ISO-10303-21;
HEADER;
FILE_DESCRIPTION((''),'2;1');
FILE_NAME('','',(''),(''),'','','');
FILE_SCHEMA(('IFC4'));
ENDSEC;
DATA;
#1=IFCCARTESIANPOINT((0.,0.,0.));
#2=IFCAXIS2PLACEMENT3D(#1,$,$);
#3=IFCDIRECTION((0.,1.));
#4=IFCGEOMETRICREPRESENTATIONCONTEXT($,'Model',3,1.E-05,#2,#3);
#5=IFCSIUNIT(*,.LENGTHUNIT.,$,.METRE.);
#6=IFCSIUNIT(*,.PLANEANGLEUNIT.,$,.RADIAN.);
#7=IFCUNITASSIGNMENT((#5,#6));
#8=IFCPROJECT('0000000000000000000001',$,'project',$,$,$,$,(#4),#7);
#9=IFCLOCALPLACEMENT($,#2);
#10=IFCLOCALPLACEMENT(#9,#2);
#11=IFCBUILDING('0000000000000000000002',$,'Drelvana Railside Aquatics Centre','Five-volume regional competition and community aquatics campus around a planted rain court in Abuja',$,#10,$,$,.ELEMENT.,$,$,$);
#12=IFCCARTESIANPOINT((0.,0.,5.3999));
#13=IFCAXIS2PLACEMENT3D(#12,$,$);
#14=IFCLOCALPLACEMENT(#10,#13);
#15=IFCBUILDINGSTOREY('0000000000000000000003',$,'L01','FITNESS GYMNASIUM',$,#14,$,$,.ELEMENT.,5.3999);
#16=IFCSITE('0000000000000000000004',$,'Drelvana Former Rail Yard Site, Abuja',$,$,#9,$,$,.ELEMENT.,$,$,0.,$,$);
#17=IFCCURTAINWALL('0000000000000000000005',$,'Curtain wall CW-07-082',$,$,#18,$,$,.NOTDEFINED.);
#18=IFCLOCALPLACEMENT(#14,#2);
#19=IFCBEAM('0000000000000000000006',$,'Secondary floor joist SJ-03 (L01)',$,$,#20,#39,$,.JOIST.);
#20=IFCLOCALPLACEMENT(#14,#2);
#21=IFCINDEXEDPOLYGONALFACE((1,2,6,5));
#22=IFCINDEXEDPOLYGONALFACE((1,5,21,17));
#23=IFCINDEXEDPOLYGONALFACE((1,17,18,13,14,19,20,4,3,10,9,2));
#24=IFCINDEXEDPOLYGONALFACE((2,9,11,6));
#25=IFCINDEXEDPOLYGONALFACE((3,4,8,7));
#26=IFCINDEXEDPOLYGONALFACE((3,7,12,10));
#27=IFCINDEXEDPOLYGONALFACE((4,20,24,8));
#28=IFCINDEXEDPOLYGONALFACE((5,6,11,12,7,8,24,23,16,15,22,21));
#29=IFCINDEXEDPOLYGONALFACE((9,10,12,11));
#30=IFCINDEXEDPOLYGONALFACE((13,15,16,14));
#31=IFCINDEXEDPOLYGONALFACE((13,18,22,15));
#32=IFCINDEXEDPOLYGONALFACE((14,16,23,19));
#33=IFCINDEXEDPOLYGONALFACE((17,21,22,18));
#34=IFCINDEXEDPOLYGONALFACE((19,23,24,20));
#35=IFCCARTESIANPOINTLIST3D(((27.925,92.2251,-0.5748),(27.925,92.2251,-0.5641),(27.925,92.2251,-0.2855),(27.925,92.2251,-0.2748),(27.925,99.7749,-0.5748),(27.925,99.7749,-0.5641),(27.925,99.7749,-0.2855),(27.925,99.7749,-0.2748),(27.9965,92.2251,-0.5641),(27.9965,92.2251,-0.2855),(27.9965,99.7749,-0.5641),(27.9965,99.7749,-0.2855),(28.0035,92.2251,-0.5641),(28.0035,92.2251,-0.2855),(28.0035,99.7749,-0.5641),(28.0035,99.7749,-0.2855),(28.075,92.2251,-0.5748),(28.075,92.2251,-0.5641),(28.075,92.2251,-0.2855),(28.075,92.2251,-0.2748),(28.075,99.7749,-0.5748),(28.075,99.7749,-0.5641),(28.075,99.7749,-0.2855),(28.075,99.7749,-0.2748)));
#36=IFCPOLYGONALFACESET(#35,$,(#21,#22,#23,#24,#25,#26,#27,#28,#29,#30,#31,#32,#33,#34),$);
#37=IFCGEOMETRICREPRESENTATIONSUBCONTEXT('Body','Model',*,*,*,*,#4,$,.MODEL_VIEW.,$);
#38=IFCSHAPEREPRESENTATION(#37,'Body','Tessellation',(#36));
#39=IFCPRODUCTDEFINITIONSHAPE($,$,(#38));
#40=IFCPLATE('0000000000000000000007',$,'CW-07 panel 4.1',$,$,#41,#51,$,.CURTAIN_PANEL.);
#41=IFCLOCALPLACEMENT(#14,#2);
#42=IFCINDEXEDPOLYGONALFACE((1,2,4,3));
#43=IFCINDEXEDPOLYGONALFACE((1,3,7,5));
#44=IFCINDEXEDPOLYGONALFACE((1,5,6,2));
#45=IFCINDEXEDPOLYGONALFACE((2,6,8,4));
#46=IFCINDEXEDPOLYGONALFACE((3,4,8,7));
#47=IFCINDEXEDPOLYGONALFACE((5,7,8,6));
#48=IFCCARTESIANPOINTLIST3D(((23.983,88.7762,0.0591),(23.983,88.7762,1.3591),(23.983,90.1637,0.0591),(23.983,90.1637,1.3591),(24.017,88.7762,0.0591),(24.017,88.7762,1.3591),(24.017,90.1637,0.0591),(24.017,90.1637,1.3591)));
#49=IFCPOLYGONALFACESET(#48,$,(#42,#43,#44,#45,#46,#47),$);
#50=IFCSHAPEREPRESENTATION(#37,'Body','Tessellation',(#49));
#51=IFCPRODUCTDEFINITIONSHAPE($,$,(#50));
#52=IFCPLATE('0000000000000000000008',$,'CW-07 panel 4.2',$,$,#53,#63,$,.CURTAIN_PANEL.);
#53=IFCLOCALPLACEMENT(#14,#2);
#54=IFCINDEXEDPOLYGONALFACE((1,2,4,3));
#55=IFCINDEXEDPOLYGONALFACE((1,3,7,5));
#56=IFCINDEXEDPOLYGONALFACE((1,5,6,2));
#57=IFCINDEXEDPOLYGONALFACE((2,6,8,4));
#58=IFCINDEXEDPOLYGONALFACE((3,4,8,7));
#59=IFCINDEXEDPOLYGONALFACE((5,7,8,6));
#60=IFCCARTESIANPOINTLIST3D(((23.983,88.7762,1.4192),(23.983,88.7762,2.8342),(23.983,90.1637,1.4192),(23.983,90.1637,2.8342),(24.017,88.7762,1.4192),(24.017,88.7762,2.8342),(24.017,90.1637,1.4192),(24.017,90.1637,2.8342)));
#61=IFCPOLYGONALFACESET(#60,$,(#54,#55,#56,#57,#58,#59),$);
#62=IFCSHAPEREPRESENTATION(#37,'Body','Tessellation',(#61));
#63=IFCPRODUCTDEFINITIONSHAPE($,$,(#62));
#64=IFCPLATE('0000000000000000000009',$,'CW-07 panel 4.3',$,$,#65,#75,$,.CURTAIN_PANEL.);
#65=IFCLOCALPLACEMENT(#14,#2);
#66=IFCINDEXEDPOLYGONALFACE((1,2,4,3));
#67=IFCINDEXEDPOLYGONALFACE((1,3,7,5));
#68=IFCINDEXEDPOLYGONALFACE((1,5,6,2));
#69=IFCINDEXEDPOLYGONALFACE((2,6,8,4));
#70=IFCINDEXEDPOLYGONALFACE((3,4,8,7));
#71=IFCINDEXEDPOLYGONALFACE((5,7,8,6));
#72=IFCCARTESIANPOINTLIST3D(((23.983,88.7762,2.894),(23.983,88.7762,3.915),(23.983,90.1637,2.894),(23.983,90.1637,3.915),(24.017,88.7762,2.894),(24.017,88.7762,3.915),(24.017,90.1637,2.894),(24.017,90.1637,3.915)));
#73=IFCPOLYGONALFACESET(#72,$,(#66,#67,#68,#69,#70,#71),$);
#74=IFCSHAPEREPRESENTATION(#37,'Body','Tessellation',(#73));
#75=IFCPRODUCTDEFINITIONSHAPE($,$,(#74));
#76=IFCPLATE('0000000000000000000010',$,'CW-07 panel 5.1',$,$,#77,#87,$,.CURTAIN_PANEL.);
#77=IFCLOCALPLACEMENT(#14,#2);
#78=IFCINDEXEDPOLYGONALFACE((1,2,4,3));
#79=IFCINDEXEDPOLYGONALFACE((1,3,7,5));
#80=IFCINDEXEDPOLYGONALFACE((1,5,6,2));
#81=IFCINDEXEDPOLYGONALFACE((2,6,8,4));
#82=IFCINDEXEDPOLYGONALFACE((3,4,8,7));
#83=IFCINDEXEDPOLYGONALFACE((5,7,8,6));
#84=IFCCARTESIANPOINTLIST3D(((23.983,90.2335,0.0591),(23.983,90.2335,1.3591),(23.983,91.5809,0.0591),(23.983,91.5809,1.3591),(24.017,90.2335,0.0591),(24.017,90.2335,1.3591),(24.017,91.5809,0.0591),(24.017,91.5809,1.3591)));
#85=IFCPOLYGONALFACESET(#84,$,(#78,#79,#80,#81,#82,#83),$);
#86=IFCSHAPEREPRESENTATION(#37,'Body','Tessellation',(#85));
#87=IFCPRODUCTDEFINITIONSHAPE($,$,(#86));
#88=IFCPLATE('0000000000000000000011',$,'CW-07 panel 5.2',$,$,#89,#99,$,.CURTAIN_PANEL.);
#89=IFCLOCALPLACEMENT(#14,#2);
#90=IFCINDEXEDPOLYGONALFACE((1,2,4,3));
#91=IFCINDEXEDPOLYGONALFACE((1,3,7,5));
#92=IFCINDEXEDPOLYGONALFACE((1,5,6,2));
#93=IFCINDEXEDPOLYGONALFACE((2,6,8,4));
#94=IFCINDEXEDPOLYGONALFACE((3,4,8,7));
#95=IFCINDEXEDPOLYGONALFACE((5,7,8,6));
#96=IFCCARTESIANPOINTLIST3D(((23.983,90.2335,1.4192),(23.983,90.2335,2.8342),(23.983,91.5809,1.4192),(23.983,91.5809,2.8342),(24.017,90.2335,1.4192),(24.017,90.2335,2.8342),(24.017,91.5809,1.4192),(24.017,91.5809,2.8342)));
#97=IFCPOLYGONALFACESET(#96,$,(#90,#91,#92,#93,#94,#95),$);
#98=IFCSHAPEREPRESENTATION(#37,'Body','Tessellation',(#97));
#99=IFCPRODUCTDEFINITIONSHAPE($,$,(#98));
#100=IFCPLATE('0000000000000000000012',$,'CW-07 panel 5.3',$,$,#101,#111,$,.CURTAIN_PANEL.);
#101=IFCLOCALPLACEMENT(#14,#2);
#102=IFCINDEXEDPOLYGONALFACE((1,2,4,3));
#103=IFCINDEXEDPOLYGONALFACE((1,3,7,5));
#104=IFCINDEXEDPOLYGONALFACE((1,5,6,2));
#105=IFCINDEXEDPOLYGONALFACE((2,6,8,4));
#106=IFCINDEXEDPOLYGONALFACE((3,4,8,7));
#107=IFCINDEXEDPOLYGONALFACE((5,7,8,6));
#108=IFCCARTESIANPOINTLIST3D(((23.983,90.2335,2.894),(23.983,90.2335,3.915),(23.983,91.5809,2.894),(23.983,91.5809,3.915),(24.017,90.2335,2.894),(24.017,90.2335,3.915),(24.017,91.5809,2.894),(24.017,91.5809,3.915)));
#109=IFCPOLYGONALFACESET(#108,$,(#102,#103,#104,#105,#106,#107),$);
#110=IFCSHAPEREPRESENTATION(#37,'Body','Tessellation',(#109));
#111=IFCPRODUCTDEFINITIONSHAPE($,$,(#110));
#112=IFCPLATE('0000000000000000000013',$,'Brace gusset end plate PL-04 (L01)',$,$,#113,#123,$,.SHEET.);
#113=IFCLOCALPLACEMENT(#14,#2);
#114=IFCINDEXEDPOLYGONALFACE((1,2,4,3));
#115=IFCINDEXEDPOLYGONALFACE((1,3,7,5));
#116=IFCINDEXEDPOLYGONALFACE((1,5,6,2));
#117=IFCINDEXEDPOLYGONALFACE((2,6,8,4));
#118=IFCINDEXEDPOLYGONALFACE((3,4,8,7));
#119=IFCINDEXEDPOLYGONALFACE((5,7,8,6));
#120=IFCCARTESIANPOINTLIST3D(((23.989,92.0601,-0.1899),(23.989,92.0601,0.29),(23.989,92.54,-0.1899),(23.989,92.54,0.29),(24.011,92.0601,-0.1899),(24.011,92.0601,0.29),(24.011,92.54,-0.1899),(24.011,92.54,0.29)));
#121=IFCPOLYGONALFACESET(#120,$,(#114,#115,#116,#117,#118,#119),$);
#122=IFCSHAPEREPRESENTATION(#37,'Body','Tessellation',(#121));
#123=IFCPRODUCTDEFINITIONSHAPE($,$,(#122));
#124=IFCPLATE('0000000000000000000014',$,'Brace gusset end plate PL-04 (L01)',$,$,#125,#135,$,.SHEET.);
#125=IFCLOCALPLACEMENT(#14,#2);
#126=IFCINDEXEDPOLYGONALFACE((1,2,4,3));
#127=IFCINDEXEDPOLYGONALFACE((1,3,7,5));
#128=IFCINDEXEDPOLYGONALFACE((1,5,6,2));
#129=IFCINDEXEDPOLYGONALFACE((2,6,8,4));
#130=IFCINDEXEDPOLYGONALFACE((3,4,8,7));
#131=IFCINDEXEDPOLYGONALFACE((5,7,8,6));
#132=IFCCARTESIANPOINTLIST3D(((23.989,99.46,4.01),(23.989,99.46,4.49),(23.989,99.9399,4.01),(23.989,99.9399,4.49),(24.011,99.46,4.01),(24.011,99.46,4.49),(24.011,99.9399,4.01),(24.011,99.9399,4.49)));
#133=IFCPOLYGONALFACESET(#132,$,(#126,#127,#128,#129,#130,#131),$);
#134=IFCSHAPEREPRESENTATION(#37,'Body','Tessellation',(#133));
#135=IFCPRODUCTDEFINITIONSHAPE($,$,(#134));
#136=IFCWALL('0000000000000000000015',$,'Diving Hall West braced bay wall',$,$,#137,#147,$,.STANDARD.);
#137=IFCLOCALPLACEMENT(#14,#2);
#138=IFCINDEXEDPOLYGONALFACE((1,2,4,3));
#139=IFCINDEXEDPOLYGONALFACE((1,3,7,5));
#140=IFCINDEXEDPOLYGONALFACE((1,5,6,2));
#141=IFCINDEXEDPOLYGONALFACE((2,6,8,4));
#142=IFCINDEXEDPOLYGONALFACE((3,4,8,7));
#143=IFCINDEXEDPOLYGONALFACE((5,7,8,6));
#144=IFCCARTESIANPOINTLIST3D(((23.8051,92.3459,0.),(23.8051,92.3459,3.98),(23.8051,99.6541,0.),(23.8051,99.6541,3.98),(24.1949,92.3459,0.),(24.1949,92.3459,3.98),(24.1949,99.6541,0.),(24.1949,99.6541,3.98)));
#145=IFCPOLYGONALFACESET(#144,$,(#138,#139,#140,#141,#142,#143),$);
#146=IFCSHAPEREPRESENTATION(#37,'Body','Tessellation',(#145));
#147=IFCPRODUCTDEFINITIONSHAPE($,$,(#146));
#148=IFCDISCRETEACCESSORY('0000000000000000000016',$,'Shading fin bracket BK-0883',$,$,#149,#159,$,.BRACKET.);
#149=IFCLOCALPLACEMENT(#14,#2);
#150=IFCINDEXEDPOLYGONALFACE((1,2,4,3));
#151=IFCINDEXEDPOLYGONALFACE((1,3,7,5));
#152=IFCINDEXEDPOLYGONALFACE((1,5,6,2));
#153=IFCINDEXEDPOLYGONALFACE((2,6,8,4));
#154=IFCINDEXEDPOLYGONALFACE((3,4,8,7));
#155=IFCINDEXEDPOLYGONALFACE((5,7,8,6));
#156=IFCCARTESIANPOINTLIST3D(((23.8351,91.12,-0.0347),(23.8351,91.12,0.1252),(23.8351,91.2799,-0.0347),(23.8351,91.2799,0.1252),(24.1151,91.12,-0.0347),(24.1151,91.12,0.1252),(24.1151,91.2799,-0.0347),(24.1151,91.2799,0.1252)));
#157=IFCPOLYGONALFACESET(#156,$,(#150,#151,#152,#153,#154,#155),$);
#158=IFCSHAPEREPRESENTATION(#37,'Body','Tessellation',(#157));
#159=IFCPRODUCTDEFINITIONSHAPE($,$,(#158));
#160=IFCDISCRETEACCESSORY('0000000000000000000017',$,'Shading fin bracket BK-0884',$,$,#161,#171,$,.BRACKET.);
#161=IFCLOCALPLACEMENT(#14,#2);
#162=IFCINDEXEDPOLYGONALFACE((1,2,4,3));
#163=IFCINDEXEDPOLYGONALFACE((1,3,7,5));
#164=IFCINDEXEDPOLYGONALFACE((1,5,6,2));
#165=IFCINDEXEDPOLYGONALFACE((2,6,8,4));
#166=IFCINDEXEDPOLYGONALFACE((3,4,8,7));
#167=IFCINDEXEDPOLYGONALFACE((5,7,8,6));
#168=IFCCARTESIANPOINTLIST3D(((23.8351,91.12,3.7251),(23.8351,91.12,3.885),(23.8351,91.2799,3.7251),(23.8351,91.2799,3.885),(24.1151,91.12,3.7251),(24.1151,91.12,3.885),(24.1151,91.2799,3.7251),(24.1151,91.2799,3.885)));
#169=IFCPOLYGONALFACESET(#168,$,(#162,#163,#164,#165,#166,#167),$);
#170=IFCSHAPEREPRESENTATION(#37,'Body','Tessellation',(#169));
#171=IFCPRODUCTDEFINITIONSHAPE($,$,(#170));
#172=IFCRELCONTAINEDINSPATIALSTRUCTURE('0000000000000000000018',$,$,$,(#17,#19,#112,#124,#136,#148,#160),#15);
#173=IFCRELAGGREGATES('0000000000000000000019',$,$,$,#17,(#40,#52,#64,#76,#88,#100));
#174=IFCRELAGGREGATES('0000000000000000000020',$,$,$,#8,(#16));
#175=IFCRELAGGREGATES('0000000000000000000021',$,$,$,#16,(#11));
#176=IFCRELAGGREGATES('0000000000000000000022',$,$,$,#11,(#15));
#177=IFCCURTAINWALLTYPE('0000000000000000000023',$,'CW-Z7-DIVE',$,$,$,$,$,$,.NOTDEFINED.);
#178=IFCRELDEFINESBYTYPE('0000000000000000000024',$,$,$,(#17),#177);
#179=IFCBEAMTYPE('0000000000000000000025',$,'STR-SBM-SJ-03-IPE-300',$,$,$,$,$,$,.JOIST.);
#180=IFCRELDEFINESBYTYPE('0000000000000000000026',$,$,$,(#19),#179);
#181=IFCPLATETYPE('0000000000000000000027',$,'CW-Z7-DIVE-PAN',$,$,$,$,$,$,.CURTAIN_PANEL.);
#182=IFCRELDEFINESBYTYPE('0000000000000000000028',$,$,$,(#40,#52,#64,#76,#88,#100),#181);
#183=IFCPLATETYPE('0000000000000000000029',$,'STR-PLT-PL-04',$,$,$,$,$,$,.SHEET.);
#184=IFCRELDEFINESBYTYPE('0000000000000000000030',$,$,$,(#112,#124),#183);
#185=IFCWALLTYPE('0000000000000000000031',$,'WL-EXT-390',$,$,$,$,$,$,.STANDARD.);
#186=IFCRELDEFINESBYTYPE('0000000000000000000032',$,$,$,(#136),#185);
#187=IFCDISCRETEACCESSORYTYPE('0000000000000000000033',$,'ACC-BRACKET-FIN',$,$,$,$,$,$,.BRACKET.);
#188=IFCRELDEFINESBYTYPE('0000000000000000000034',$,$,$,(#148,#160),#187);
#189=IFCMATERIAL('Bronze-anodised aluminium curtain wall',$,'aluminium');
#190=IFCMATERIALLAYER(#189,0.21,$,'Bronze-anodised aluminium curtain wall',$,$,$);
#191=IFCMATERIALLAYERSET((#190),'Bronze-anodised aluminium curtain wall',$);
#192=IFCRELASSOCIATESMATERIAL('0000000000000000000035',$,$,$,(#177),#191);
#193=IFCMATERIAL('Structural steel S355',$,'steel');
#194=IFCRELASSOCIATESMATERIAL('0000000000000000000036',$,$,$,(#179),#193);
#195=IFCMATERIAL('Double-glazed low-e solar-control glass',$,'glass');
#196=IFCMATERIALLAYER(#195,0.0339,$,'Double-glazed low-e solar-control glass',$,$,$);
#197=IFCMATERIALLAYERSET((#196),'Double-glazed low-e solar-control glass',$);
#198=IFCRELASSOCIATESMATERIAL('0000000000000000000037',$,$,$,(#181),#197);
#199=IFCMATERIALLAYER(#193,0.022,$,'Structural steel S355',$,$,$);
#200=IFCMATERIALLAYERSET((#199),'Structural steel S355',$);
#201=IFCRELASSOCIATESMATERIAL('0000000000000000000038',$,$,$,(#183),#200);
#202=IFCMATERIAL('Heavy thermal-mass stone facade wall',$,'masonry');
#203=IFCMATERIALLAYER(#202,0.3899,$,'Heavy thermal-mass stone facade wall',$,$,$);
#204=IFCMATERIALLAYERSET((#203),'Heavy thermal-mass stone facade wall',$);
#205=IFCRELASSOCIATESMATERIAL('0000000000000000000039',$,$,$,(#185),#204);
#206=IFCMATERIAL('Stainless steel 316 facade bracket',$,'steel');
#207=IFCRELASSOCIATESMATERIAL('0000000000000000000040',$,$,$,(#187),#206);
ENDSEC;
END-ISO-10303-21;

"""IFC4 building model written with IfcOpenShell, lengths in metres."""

from ifc_helpers import new_model, si_unit, direction, frame, frame_2d, origin, origin_2d, place, context, subcontext, project, spatial, rectangle, i_section, extrude, material, layer, layer_set, material_profile, profile_set, type_object, element, aggregate, save


model = new_model("IFC4")

# Units and contexts
model_context = context("Model", 3, precision=1e-05, world=origin(), true_north=direction((0.0, 1.0)))
body_context = subcontext(model_context, "Body", "Model", "MODEL_VIEW")
ifc_project = project(units=[si_unit("LENGTHUNIT", "METRE"), si_unit("PLANEANGLEUNIT", "RADIAN")], contexts=[model_context])

# Site, building, storey
site_placement = place(None, origin())
site = spatial("IfcSite", under=ifc_project, at=site_placement, Name="Drelvana Former Rail Yard Site, Abuja", CompositionType="ELEMENT", RefElevation=0.0)
building_placement = place(site_placement, origin())
building = spatial("IfcBuilding", under=site, at=building_placement, Name="Drelvana Railside Aquatics Centre", Description="Five-volume regional competition and community aquatics campus around a planted rain court in Abuja", CompositionType="ELEMENT")
storey_placement = place(building_placement, frame((0.0, 0.0, 5.3999)))
storey = spatial("IfcBuildingStorey", under=building, at=storey_placement, Name="L01", Description="FITNESS GYMNASIUM", CompositionType="ELEMENT", Elevation=5.3999)

# Curtain wall
ifc_material_1 = material(Name="Bronze-anodised aluminium curtain wall", Category="aluminium")
ifc_layer_1 = layer(ifc_material_1, 0.21, Name="Bronze-anodised aluminium curtain wall")
ifc_layer_set_1 = layer_set([ifc_layer_1], Name="Bronze-anodised aluminium curtain wall")
curtain_wall_type = type_object("IfcCurtainWallType", Name="CW-Z7-DIVE", PredefinedType="NOTDEFINED", material=ifc_layer_set_1)
curtain_wall_1_placement = place(storey_placement, origin())
curtain_wall_1 = element("IfcCurtainWall", 1, at=curtain_wall_1_placement, inside=storey, type_object=curtain_wall_type, Name="Curtain wall CW-07-082", PredefinedType="NOTDEFINED")

# Shared definitions
ifc_material_2 = material(Name="Structural steel S355", Category="steel")

# Beam
ifc_material_profile_1 = material_profile(ifc_material_2, i_section(OverallWidth=0.1499, OverallDepth=0.3, WebThickness=0.0071, FlangeThickness=0.0107, at=origin_2d()), Name="IPE 300")
ifc_profile_set_1 = profile_set([ifc_material_profile_1], Name="Structural steel S355")
beam_type_1 = type_object("IfcBeamType", Name="STR-SBM-SJ-03-IPE-300", PredefinedType="JOIST", material=ifc_profile_set_1)
beam_1_placement = place(storey_placement, frame((28.0, 92.2251, -0.4248), z_axis=(0.0, 1.0, 0.0), x_axis=(-1.0, 0.0, 0.0)))
element("IfcBeam", 2, at=beam_1_placement, inside=storey, type_object=beam_type_1, Name="Secondary floor joist SJ-03 (L01)", PredefinedType="JOIST", context=body_context, shape_type="SweptSolid", body=[
    extrude(i_section(OverallWidth=0.1499, OverallDepth=0.3, WebThickness=0.0071, FlangeThickness=0.0107, at=origin_2d()), origin(), (0.0, 0.0, 1.0), 7.5498),
])

# Plates
ifc_material_3 = material(Name="Double-glazed low-e solar-control glass", Category="glass")
ifc_layer_2 = layer(ifc_material_3, 0.0339, Name="Double-glazed low-e solar-control glass")
ifc_layer_set_2 = layer_set([ifc_layer_2], Name="Double-glazed low-e solar-control glass")
plate_type_1 = type_object("IfcPlateType", Name="CW-Z7-DIVE-PAN", PredefinedType="CURTAIN_PANEL", material=ifc_layer_set_2)
plate_1_placement = place(storey_placement, frame((24.0, 89.47, 0.0591), z_axis=(0.0, 0.0, 1.0), x_axis=(0.0, 1.0, 0.0)))
plate_1 = element("IfcPlate", 3, at=plate_1_placement, type_object=plate_type_1, Name="CW-07 panel 4.1", PredefinedType="CURTAIN_PANEL", context=body_context, shape_type="SweptSolid", body=[
    extrude(rectangle(XDim=1.3875, YDim=0.0339, at=origin_2d()), origin(), (0.0, 0.0, 1.0), 1.3),
])
plate_2_placement = place(storey_placement, frame((24.0, 89.47, 1.4192), z_axis=(0.0, 0.0, 1.0), x_axis=(0.0, 1.0, 0.0)))
plate_2 = element("IfcPlate", 4, at=plate_2_placement, type_object=plate_type_1, Name="CW-07 panel 4.2", PredefinedType="CURTAIN_PANEL", context=body_context, shape_type="SweptSolid", body=[
    extrude(rectangle(XDim=1.3875, YDim=0.0339, at=origin_2d()), origin(), (0.0, 0.0, 1.0), 1.415),
])
plate_3_placement = place(storey_placement, frame((24.0, 89.47, 2.894), z_axis=(0.0, 0.0, 1.0), x_axis=(0.0, 1.0, 0.0)))
plate_3 = element("IfcPlate", 5, at=plate_3_placement, type_object=plate_type_1, Name="CW-07 panel 4.3", PredefinedType="CURTAIN_PANEL", context=body_context, shape_type="SweptSolid", body=[
    extrude(rectangle(XDim=1.3875, YDim=0.0339, at=origin_2d()), origin(), (0.0, 0.0, 1.0), 1.021),
])
plate_4_placement = place(storey_placement, frame((24.0, 90.9072, 0.0591), z_axis=(0.0, 0.0, 1.0), x_axis=(0.0, 1.0, 0.0)))
plate_4 = element("IfcPlate", 6, at=plate_4_placement, type_object=plate_type_1, Name="CW-07 panel 5.1", PredefinedType="CURTAIN_PANEL", context=body_context, shape_type="SweptSolid", body=[
    extrude(rectangle(XDim=1.3474, YDim=0.0339, at=origin_2d()), origin(), (0.0, 0.0, 1.0), 1.3),
])
plate_5_placement = place(storey_placement, frame((24.0, 90.9072, 1.4192), z_axis=(0.0, 0.0, 1.0), x_axis=(0.0, 1.0, 0.0)))
plate_5 = element("IfcPlate", 7, at=plate_5_placement, type_object=plate_type_1, Name="CW-07 panel 5.2", PredefinedType="CURTAIN_PANEL", context=body_context, shape_type="SweptSolid", body=[
    extrude(rectangle(XDim=1.3474, YDim=0.0339, at=origin_2d()), origin(), (0.0, 0.0, 1.0), 1.415),
])
plate_6_placement = place(storey_placement, frame((24.0, 90.9072, 2.894), z_axis=(0.0, 0.0, 1.0), x_axis=(0.0, 1.0, 0.0)))
plate_6 = element("IfcPlate", 8, at=plate_6_placement, type_object=plate_type_1, Name="CW-07 panel 5.3", PredefinedType="CURTAIN_PANEL", context=body_context, shape_type="SweptSolid", body=[
    extrude(rectangle(XDim=1.3474, YDim=0.0339, at=origin_2d()), origin(), (0.0, 0.0, 1.0), 1.021),
])
aggregate(curtain_wall_1, [plate_1, plate_2, plate_3, plate_4, plate_5, plate_6])

# Plates
ifc_layer_3 = layer(ifc_material_2, 0.022, Name="Structural steel S355")
ifc_layer_set_3 = layer_set([ifc_layer_3], Name="Structural steel S355")
plate_type_2 = type_object("IfcPlateType", Name="STR-PLT-PL-04", PredefinedType="SHEET", material=ifc_layer_set_3)
for number, where, z_axis, x_axis, name in (
    (9, (24.0, 92.3, -0.1899), (0.0, 0.0, 1.0), (1.0, 0.0, 0.0), "Brace gusset end plate PL-04 (L01)"),
    (10, (24.0, 99.7, 4.01), (0.0, 0.0, 1.0), (1.0, 0.0, 0.0), "Brace gusset end plate PL-04 (L01)"),
):
    element("IfcPlate", number, at=place(storey_placement, frame(where, z_axis=z_axis, x_axis=x_axis)), inside=storey, type_object=plate_type_2, Name=name, PredefinedType="SHEET", context=body_context, shape_type="SweptSolid", body=[
        extrude(rectangle(XDim=0.022, YDim=0.48, at=origin_2d()), origin(), (0.0, 0.0, 1.0), 0.48),
    ])

# Wall
ifc_material_4 = material(Name="Heavy thermal-mass stone facade wall", Category="masonry")
ifc_layer_4 = layer(ifc_material_4, 0.3899, Name="Heavy thermal-mass stone facade wall")
ifc_layer_set_4 = layer_set([ifc_layer_4], Name="Heavy thermal-mass stone facade wall")
wall_type = type_object("IfcWallType", Name="WL-EXT-390", PredefinedType="STANDARD", material=ifc_layer_set_4)
wall_placement = place(storey_placement, frame((24.0, 92.3459, 0.0), z_axis=(0.0, 0.0, 1.0), x_axis=(0.0, 1.0, 0.0)))
element("IfcWall", 11, at=wall_placement, inside=storey, type_object=wall_type, Name="Diving Hall West braced bay wall", PredefinedType="STANDARD", context=body_context, shape_type="SweptSolid", body=[
    extrude(rectangle(XDim=7.3081, YDim=0.3899, at=frame_2d((3.6541, 0.0))), origin(), (0.0, 0.0, 1.0), 3.98),
])

# Discrete accessories
ifc_material_5 = material(Name="Stainless steel 316 facade bracket", Category="steel")
discrete_accessory_type = type_object("IfcDiscreteAccessoryType", Name="ACC-BRACKET-FIN", PredefinedType="BRACKET", material=ifc_material_5)
for number, where, z_axis, x_axis, name in (
    (12, (23.9751, 91.2, -0.0347), (0.0, 0.0, 1.0), (-1.0, 0.0, 0.0), "Shading fin bracket BK-0883"),
    (13, (23.9751, 91.2, 3.7251), (0.0, 0.0, 1.0), (-1.0, 0.0, 0.0), "Shading fin bracket BK-0884"),
):
    element("IfcDiscreteAccessory", number, at=place(storey_placement, frame(where, z_axis=z_axis, x_axis=x_axis)), inside=storey, type_object=discrete_accessory_type, Name=name, PredefinedType="BRACKET", context=body_context, shape_type="SweptSolid", body=[
        extrude(rectangle(XDim=0.28, YDim=0.1599, at=origin_2d()), origin(), (0.0, 0.0, 1.0), 0.1599),
    ])

save(model, "model.ifc")
